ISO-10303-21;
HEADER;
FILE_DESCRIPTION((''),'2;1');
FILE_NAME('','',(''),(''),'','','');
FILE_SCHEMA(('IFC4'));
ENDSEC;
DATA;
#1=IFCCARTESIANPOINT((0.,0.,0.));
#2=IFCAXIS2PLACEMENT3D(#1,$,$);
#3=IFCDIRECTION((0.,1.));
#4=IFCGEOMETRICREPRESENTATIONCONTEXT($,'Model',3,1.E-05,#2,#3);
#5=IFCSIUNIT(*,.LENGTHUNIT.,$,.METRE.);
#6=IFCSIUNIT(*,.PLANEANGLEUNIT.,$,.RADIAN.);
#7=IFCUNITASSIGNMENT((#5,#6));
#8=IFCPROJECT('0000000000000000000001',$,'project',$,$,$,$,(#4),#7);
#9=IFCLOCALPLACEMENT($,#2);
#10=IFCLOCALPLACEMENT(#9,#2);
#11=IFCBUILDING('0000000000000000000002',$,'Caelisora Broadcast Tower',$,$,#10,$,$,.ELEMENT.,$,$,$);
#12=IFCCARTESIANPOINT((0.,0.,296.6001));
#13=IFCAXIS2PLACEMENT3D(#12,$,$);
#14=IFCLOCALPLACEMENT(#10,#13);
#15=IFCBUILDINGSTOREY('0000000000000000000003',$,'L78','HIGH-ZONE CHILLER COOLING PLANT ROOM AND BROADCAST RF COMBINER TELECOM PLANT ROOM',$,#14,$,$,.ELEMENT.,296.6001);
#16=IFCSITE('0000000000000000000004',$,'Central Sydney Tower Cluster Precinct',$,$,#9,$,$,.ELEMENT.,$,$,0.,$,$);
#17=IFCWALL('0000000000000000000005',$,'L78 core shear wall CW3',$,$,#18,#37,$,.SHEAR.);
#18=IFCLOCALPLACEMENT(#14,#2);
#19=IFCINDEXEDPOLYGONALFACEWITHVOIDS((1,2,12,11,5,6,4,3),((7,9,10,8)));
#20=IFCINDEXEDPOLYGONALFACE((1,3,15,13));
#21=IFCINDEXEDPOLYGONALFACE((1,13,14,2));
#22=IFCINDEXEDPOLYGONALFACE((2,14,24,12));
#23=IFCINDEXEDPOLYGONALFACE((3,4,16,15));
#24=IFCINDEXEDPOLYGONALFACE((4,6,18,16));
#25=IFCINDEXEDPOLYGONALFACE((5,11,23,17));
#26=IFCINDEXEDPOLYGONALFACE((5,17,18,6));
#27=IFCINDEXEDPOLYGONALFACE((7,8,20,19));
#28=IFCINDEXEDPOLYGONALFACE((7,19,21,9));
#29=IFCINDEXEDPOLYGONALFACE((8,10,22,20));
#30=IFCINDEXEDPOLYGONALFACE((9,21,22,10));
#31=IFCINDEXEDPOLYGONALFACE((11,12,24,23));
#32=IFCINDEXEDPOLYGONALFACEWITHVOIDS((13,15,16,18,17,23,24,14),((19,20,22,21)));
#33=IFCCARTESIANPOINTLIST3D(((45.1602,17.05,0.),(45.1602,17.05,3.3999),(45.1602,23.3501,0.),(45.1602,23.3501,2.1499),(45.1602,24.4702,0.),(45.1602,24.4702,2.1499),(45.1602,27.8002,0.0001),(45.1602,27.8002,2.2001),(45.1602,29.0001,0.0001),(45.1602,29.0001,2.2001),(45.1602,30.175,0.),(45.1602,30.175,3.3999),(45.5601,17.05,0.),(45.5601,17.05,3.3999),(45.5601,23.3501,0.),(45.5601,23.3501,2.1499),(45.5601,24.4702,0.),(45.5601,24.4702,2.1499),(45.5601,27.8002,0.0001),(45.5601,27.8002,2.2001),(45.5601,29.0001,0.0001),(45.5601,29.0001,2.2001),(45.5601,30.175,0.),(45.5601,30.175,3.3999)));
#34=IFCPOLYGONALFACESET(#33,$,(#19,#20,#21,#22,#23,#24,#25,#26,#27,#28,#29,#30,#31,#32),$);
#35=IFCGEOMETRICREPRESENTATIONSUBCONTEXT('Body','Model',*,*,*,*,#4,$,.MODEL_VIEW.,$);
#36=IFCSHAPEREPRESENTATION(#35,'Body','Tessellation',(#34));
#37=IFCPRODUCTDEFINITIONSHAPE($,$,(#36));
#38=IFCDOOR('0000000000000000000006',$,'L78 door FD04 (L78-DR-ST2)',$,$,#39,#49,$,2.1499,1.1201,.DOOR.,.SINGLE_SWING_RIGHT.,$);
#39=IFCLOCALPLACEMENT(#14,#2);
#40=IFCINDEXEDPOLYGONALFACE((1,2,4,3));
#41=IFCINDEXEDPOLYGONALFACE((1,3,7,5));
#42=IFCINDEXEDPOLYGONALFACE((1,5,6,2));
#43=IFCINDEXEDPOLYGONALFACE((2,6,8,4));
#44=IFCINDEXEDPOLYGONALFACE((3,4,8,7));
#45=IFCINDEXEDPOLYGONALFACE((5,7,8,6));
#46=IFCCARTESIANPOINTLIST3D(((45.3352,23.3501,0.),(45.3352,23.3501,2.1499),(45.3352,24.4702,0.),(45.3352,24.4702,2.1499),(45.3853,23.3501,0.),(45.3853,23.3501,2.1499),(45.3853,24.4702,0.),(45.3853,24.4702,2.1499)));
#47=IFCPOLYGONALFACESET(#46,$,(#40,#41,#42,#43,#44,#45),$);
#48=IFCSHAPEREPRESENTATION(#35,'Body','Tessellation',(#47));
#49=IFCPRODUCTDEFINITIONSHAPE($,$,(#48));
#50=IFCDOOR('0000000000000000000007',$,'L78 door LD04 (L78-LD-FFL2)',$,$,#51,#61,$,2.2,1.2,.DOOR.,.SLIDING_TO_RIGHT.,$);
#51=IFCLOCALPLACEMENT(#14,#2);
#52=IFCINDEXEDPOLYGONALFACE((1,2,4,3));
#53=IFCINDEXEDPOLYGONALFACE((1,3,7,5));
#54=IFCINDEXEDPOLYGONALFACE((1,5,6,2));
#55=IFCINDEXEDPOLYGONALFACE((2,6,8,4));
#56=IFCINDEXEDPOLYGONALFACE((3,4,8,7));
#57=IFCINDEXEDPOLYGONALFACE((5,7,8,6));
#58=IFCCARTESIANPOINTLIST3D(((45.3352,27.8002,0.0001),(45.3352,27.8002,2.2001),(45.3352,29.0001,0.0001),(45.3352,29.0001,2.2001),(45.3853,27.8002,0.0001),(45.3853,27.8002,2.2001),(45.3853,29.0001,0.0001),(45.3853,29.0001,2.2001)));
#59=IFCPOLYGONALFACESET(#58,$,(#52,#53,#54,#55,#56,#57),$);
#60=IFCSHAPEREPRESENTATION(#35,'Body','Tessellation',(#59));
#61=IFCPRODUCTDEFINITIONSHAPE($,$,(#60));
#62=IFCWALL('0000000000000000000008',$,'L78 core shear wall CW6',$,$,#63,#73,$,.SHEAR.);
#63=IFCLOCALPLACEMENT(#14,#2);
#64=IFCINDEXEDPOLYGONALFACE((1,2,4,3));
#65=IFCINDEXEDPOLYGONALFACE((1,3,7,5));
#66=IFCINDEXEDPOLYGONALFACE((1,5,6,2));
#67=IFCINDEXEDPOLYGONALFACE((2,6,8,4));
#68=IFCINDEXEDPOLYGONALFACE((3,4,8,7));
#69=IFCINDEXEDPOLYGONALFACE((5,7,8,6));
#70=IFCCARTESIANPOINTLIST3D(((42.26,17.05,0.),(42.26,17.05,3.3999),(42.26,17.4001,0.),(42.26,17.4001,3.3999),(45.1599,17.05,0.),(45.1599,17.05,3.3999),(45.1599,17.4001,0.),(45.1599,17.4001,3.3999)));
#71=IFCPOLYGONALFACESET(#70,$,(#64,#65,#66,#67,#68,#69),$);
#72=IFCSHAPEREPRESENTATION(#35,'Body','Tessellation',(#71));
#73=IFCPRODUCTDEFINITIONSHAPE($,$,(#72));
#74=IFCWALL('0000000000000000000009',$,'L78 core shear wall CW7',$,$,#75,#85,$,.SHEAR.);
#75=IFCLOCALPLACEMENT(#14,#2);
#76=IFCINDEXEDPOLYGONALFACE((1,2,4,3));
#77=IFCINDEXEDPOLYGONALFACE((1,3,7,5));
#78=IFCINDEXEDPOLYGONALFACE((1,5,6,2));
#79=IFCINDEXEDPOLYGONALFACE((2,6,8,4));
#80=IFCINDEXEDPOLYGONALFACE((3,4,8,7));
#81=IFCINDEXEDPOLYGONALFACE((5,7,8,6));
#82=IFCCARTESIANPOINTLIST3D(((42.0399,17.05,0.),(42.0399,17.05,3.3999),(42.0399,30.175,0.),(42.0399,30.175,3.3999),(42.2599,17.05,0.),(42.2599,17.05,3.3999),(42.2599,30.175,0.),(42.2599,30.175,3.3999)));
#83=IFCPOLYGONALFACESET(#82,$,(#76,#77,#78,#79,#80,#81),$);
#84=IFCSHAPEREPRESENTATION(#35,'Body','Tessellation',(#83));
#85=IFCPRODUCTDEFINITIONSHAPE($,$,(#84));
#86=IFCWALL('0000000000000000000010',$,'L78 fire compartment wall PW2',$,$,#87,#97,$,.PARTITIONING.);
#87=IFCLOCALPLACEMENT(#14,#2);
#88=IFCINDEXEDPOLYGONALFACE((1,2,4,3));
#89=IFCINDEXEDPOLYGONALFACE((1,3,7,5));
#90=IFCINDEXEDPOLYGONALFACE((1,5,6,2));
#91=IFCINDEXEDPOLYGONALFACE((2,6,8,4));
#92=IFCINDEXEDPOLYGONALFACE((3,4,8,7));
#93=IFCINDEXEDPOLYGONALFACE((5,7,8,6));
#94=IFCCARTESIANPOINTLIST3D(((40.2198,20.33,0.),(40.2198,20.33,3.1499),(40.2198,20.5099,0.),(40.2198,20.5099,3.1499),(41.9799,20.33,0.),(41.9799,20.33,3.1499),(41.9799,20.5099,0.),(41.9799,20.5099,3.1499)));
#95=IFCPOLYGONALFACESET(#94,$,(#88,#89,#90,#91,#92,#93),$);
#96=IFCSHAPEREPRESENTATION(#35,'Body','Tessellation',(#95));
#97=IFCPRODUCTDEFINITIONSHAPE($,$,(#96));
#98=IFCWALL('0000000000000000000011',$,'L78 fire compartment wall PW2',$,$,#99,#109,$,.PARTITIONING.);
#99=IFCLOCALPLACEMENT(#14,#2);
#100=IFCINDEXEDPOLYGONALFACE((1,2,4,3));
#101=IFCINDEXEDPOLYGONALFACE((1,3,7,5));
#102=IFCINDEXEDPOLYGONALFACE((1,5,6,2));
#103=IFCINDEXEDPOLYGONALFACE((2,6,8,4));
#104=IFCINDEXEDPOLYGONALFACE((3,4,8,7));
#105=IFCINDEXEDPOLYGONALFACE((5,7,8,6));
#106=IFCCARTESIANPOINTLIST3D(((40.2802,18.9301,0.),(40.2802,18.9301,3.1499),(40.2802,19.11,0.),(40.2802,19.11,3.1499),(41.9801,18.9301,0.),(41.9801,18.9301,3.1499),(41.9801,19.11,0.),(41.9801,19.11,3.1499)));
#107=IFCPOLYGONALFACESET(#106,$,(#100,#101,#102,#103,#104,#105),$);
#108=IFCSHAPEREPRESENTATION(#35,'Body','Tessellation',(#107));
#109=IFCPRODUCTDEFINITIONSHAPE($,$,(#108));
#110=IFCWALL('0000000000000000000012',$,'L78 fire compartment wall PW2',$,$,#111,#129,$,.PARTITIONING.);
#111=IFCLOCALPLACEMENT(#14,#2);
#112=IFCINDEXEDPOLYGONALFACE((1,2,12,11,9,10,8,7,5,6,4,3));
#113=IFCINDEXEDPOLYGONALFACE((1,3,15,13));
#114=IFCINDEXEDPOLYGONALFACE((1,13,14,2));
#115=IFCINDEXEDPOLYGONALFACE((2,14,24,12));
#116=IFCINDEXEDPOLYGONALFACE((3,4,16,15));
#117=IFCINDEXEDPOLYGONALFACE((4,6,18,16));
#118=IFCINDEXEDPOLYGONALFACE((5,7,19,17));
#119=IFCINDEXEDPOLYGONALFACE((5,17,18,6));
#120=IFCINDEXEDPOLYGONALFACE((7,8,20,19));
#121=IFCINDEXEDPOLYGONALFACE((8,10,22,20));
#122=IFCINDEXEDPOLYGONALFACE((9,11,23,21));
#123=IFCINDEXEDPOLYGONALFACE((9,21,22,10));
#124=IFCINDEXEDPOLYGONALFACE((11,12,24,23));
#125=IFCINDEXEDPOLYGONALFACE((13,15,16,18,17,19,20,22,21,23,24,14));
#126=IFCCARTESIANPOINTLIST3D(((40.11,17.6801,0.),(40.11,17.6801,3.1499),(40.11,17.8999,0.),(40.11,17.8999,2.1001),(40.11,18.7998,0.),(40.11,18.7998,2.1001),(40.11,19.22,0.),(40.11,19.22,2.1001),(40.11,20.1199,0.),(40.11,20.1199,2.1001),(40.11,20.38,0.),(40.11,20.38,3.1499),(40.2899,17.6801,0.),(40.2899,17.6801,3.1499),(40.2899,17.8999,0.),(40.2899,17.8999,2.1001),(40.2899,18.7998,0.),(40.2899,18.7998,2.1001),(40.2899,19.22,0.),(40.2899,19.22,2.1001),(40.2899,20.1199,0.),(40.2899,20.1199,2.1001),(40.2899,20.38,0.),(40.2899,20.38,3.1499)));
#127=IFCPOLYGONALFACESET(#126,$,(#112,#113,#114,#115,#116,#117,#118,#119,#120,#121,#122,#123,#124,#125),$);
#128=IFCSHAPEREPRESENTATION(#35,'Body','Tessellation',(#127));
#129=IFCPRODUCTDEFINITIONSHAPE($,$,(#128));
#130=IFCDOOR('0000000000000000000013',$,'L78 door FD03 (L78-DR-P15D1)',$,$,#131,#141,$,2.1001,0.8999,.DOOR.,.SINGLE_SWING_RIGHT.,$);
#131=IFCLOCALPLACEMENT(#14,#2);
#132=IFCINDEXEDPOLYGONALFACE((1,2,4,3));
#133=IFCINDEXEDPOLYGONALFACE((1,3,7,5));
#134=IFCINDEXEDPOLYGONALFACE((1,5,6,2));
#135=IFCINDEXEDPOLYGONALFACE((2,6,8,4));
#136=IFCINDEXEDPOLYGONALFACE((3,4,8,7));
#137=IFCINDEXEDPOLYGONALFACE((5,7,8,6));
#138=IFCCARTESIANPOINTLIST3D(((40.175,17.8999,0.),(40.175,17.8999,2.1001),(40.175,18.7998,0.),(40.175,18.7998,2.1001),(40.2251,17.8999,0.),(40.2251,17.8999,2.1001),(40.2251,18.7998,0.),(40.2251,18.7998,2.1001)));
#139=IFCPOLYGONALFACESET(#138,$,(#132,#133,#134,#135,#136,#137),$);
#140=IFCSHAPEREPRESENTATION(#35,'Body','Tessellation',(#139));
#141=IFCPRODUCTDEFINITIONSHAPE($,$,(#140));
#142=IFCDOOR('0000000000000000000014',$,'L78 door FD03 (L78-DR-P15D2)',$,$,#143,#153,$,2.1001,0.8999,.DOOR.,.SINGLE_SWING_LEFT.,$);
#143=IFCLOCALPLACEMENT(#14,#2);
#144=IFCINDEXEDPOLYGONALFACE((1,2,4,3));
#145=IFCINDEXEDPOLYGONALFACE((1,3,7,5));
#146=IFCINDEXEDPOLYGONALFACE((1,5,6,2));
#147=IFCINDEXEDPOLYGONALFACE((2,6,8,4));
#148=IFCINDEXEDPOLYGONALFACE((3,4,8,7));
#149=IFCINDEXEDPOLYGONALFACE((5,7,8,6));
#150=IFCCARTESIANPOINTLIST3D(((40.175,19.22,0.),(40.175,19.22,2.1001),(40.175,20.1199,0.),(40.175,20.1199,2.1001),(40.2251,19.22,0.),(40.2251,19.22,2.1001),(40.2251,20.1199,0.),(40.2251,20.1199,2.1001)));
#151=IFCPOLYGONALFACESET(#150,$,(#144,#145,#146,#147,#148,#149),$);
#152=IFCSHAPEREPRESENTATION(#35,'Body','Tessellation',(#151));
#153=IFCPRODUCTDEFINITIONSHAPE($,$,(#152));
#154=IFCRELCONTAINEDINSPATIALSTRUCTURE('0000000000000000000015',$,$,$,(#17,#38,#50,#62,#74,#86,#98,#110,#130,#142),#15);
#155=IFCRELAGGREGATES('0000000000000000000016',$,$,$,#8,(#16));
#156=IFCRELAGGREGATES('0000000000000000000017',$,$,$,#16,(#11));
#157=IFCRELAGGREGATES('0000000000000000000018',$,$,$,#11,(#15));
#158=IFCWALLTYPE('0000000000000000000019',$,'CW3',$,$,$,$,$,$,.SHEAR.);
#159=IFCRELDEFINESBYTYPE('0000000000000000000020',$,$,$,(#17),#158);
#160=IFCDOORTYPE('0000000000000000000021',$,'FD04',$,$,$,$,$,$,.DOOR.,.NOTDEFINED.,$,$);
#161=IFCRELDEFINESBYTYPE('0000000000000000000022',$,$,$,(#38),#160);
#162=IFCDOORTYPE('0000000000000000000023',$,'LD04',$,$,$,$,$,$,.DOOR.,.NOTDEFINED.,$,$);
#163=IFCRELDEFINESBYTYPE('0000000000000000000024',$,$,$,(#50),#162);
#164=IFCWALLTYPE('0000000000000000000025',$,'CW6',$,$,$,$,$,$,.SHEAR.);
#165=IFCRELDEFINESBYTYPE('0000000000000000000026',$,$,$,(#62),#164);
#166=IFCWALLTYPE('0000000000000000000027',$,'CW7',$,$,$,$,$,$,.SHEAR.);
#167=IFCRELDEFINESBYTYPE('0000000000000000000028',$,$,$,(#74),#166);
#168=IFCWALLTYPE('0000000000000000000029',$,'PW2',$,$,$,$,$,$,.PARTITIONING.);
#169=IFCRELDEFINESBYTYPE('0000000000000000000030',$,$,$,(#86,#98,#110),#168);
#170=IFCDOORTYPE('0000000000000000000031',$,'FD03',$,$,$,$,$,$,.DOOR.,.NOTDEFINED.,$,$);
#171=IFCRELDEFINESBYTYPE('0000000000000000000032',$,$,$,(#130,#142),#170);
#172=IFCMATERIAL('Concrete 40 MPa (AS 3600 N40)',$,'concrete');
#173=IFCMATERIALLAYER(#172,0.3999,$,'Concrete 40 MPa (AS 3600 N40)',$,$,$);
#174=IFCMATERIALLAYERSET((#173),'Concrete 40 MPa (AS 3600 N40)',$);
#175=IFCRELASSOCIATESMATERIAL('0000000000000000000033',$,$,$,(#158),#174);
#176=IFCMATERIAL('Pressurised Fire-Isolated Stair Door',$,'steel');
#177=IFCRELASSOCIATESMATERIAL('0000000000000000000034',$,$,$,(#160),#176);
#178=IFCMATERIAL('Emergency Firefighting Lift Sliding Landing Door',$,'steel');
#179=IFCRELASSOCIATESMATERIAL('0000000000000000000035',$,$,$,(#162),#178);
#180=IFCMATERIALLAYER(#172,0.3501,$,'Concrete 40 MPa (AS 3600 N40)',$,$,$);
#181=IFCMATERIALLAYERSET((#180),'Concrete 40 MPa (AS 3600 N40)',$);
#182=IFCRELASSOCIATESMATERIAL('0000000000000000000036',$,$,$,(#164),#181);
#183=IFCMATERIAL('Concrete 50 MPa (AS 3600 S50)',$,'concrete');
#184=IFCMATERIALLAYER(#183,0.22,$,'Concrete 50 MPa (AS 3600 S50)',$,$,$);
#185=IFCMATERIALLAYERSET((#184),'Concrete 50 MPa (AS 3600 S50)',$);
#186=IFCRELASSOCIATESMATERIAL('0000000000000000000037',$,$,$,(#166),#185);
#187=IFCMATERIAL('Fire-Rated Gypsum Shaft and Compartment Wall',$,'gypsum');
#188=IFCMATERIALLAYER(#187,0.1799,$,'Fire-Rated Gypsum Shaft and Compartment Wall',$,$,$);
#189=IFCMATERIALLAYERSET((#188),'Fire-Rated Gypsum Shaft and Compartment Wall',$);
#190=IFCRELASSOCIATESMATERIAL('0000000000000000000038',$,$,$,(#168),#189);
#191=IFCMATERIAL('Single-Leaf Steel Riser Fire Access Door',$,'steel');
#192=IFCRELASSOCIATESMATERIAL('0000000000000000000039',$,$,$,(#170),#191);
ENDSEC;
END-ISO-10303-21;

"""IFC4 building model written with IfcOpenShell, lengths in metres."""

from ifc_helpers import new_model, si_unit, direction, frame, frame_2d, origin, place, context, subcontext, project, spatial, rectangle, extrude, material, layer, layer_set, type_object, element, fill, save


model = new_model("IFC4")

# Units and contexts
model_context = context("Model", 3, precision=1e-05, world=origin(), true_north=direction((0.0, 1.0)))
body_context = subcontext(model_context, "Body", "Model", "MODEL_VIEW")
ifc_project = project(units=[si_unit("LENGTHUNIT", "METRE"), si_unit("PLANEANGLEUNIT", "RADIAN")], contexts=[model_context])

# Site, building, storey
site_placement = place(None, origin())
site = spatial("IfcSite", under=ifc_project, at=site_placement, Name="Central Sydney Tower Cluster Precinct", CompositionType="ELEMENT", RefElevation=0.0)
building_placement = place(site_placement, origin())
building = spatial("IfcBuilding", under=site, at=building_placement, Name="Caelisora Broadcast Tower", CompositionType="ELEMENT")
storey_placement = place(building_placement, frame((0.0, 0.0, 296.6001)))
storey = spatial("IfcBuildingStorey", under=building, at=storey_placement, Name="L78", Description="HIGH-ZONE CHILLER COOLING PLANT ROOM AND BROADCAST RF COMBINER TELECOM PLANT ROOM", CompositionType="ELEMENT", Elevation=296.6001)

# Wall, openings, doors
ifc_material_1 = material(Name="Concrete 40 MPa (AS 3600 N40)", Category="concrete")
ifc_layer_1 = layer(ifc_material_1, 0.3999, Name="Concrete 40 MPa (AS 3600 N40)")
ifc_layer_set_1 = layer_set([ifc_layer_1], Name="Concrete 40 MPa (AS 3600 N40)")
wall_type_1 = type_object("IfcWallType", Name="CW3", PredefinedType="SHEAR", material=ifc_layer_set_1)
wall_1_placement = place(storey_placement, frame((45.3601, 17.05, 0.0), z_axis=(0.0, 0.0, 1.0), x_axis=(0.0, 1.0, 0.0)))
wall_1 = element("IfcWall", 1, at=wall_1_placement, inside=storey, type_object=wall_type_1, Name="L78 core shear wall CW3", PredefinedType="SHEAR", context=body_context, shape_type="SweptSolid", body=[
    extrude(rectangle(XDim=13.125, YDim=0.3999, at=frame_2d((6.5625, 0.0))), origin(), (0.0, 0.0, 1.0), 3.3999),
])
opening_1_placement = place(wall_1_placement, frame((6.3, 0.0, 0.0)))
opening_1 = element("IfcOpeningElement", 2, at=opening_1_placement, cuts=wall_1, PredefinedType="OPENING", context=body_context, shape_type="SweptSolid", body=[
    extrude(rectangle(XDim=1.1201, YDim=2.1499, at=frame_2d((0.5601, 1.075))), frame((0.0, 0.2119, 0.0), z_axis=(0.0, -1.0, 0.0), x_axis=(1.0, 0.0, 0.0)), (0.0, 0.0, 1.0), 0.4238),
])
opening_2_placement = place(wall_1_placement, frame((10.75, 0.0, 0.0)))
opening_2 = element("IfcOpeningElement", 3, at=opening_2_placement, cuts=wall_1, PredefinedType="OPENING", context=body_context, shape_type="SweptSolid", body=[
    extrude(rectangle(XDim=1.2, YDim=2.2, at=frame_2d((0.6001, 1.1001))), frame((0.0, 0.2119, 0.0), z_axis=(0.0, -1.0, 0.0), x_axis=(1.0, 0.0, 0.0)), (0.0, 0.0, 1.0), 0.4238),
])
ifc_material_2 = material(Name="Pressurised Fire-Isolated Stair Door", Category="steel")
door_type_1 = type_object("IfcDoorType", Name="FD04", OperationType="NOTDEFINED", PredefinedType="DOOR", material=ifc_material_2)
door_1_placement = place(opening_1_placement, origin())
door_1 = element("IfcDoor", 4, at=door_1_placement, inside=storey, type_object=door_type_1, Name="L78 door FD04 (L78-DR-ST2)", OperationType="SINGLE_SWING_RIGHT", OverallHeight=2.1499, OverallWidth=1.1201, PredefinedType="DOOR", context=body_context, shape_type="SweptSolid", body=[
    extrude(rectangle(XDim=1.1201, YDim=2.1499, at=frame_2d((0.5601, 1.075))), frame((0.0, 0.0249, 0.0), z_axis=(0.0, -1.0, 0.0), x_axis=(1.0, 0.0, 0.0)), (0.0, 0.0, 1.0), 0.05),
])
fill(opening_1, door_1)
ifc_material_3 = material(Name="Emergency Firefighting Lift Sliding Landing Door", Category="steel")
door_type_2 = type_object("IfcDoorType", Name="LD04", OperationType="NOTDEFINED", PredefinedType="DOOR", material=ifc_material_3)
door_2_placement = place(opening_2_placement, origin())
door_2 = element("IfcDoor", 5, at=door_2_placement, inside=storey, type_object=door_type_2, Name="L78 door LD04 (L78-LD-FFL2)", OperationType="SLIDING_TO_RIGHT", OverallHeight=2.2, OverallWidth=1.2, PredefinedType="DOOR", context=body_context, shape_type="SweptSolid", body=[
    extrude(rectangle(XDim=1.2, YDim=2.2, at=frame_2d((0.6001, 1.1001))), frame((0.0, 0.0249, 0.0), z_axis=(0.0, -1.0, 0.0), x_axis=(1.0, 0.0, 0.0)), (0.0, 0.0, 1.0), 0.05),
])
fill(opening_2, door_2)

# Walls
ifc_layer_2 = layer(ifc_material_1, 0.3501, Name="Concrete 40 MPa (AS 3600 N40)")
ifc_layer_set_2 = layer_set([ifc_layer_2], Name="Concrete 40 MPa (AS 3600 N40)")
wall_type_2 = type_object("IfcWallType", Name="CW6", PredefinedType="SHEAR", material=ifc_layer_set_2)
wall_2_placement = place(storey_placement, frame((42.26, 17.2251, 0.0), z_axis=(0.0, 0.0, 1.0), x_axis=(1.0, 0.0, 0.0)))
element("IfcWall", 6, at=wall_2_placement, inside=storey, type_object=wall_type_2, Name="L78 core shear wall CW6", PredefinedType="SHEAR", context=body_context, shape_type="SweptSolid", body=[
    extrude(rectangle(XDim=2.8999, YDim=0.3501, at=frame_2d((1.45, 0.0))), origin(), (0.0, 0.0, 1.0), 3.3999),
])
ifc_material_4 = material(Name="Concrete 50 MPa (AS 3600 S50)", Category="concrete")
ifc_layer_3 = layer(ifc_material_4, 0.22, Name="Concrete 50 MPa (AS 3600 S50)")
ifc_layer_set_3 = layer_set([ifc_layer_3], Name="Concrete 50 MPa (AS 3600 S50)")
wall_type_3 = type_object("IfcWallType", Name="CW7", PredefinedType="SHEAR", material=ifc_layer_set_3)
wall_3_placement = place(storey_placement, frame((42.1499, 17.05, 0.0), z_axis=(0.0, 0.0, 1.0), x_axis=(0.0, 1.0, 0.0)))
element("IfcWall", 7, at=wall_3_placement, inside=storey, type_object=wall_type_3, Name="L78 core shear wall CW7", PredefinedType="SHEAR", context=body_context, shape_type="SweptSolid", body=[
    extrude(rectangle(XDim=13.125, YDim=0.22, at=frame_2d((6.5625, 0.0))), origin(), (0.0, 0.0, 1.0), 3.3999),
])
ifc_material_5 = material(Name="Fire-Rated Gypsum Shaft and Compartment Wall", Category="gypsum")
ifc_layer_4 = layer(ifc_material_5, 0.1799, Name="Fire-Rated Gypsum Shaft and Compartment Wall")
ifc_layer_set_4 = layer_set([ifc_layer_4], Name="Fire-Rated Gypsum Shaft and Compartment Wall")
wall_type_4 = type_object("IfcWallType", Name="PW2", PredefinedType="PARTITIONING", material=ifc_layer_set_4)
wall_4_placement = place(storey_placement, frame((40.22, 20.4199, 0.0), z_axis=(0.0, 0.0, 1.0), x_axis=(1.0, 0.0, 0.0)))
element("IfcWall", 8, at=wall_4_placement, inside=storey, type_object=wall_type_4, Name="L78 fire compartment wall PW2", PredefinedType="PARTITIONING", context=body_context, shape_type="SweptSolid", body=[
    extrude(rectangle(XDim=1.76, YDim=0.1799, at=frame_2d((0.8799, 0.0))), origin(), (0.0, 0.0, 1.0), 3.1499),
])
wall_5_placement = place(storey_placement, frame((40.28, 19.02, 0.0), z_axis=(0.0, 0.0, 1.0), x_axis=(1.0, 0.0, 0.0)))
element("IfcWall", 9, at=wall_5_placement, inside=storey, type_object=wall_type_4, Name="L78 fire compartment wall PW2", PredefinedType="PARTITIONING", context=body_context, shape_type="SweptSolid", body=[
    extrude(rectangle(XDim=1.7, YDim=0.1799, at=frame_2d((0.8501, 0.0))), origin(), (0.0, 0.0, 1.0), 3.1499),
])

# Wall, openings, doors
wall_6_placement = place(storey_placement, frame((40.2, 17.6799, 0.0), z_axis=(0.0, 0.0, 1.0), x_axis=(0.0, 1.0, 0.0)))
wall_6 = element("IfcWall", 10, at=wall_6_placement, inside=storey, type_object=wall_type_4, Name="L78 fire compartment wall PW2", PredefinedType="PARTITIONING", context=body_context, shape_type="SweptSolid", body=[
    extrude(rectangle(XDim=2.7, YDim=0.1799, at=frame_2d((1.3501, 0.0))), origin(), (0.0, 0.0, 1.0), 3.1499),
])
opening_3_placement = place(wall_6_placement, frame((0.22, 0.0, 0.0)))
opening_3 = element("IfcOpeningElement", 11, at=opening_3_placement, cuts=wall_6, PredefinedType="OPENING", context=body_context, shape_type="SweptSolid", body=[
    extrude(rectangle(XDim=0.8999, YDim=2.1001, at=frame_2d((0.45, 1.05))), frame((0.0, 0.1021, 0.0), z_axis=(0.0, -1.0, 0.0), x_axis=(1.0, 0.0, 0.0)), (0.0, 0.0, 1.0), 0.2039),
])
opening_4_placement = place(wall_6_placement, frame((1.54, 0.0, 0.0)))
opening_4 = element("IfcOpeningElement", 12, at=opening_4_placement, cuts=wall_6, PredefinedType="OPENING", context=body_context, shape_type="SweptSolid", body=[
    extrude(rectangle(XDim=0.8999, YDim=2.1001, at=frame_2d((0.45, 1.05))), frame((0.0, 0.1021, 0.0), z_axis=(0.0, -1.0, 0.0), x_axis=(1.0, 0.0, 0.0)), (0.0, 0.0, 1.0), 0.2039),
])
ifc_material_6 = material(Name="Single-Leaf Steel Riser Fire Access Door", Category="steel")
door_type_3 = type_object("IfcDoorType", Name="FD03", OperationType="NOTDEFINED", PredefinedType="DOOR", material=ifc_material_6)
door_3_placement = place(opening_3_placement, origin())
door_3 = element("IfcDoor", 13, at=door_3_placement, inside=storey, type_object=door_type_3, Name="L78 door FD03 (L78-DR-P15D1)", OperationType="SINGLE_SWING_RIGHT", OverallHeight=2.1001, OverallWidth=0.8999, PredefinedType="DOOR", context=body_context, shape_type="SweptSolid", body=[
    extrude(rectangle(XDim=0.8999, YDim=2.1001, at=frame_2d((0.45, 1.05))), frame((0.0, 0.0249, 0.0), z_axis=(0.0, -1.0, 0.0), x_axis=(1.0, 0.0, 0.0)), (0.0, 0.0, 1.0), 0.05),
])
fill(opening_3, door_3)
door_4_placement = place(opening_4_placement, origin())
door_4 = element("IfcDoor", 14, at=door_4_placement, inside=storey, type_object=door_type_3, Name="L78 door FD03 (L78-DR-P15D2)", OperationType="SINGLE_SWING_LEFT", OverallHeight=2.1001, OverallWidth=0.8999, PredefinedType="DOOR", context=body_context, shape_type="SweptSolid", body=[
    extrude(rectangle(XDim=0.8999, YDim=2.1001, at=frame_2d((0.45, 1.05))), frame((0.0, 0.0249, 0.0), z_axis=(0.0, -1.0, 0.0), x_axis=(1.0, 0.0, 0.0)), (0.0, 0.0, 1.0), 0.05),
])
fill(opening_4, door_4)

save(model, "model.ifc")
